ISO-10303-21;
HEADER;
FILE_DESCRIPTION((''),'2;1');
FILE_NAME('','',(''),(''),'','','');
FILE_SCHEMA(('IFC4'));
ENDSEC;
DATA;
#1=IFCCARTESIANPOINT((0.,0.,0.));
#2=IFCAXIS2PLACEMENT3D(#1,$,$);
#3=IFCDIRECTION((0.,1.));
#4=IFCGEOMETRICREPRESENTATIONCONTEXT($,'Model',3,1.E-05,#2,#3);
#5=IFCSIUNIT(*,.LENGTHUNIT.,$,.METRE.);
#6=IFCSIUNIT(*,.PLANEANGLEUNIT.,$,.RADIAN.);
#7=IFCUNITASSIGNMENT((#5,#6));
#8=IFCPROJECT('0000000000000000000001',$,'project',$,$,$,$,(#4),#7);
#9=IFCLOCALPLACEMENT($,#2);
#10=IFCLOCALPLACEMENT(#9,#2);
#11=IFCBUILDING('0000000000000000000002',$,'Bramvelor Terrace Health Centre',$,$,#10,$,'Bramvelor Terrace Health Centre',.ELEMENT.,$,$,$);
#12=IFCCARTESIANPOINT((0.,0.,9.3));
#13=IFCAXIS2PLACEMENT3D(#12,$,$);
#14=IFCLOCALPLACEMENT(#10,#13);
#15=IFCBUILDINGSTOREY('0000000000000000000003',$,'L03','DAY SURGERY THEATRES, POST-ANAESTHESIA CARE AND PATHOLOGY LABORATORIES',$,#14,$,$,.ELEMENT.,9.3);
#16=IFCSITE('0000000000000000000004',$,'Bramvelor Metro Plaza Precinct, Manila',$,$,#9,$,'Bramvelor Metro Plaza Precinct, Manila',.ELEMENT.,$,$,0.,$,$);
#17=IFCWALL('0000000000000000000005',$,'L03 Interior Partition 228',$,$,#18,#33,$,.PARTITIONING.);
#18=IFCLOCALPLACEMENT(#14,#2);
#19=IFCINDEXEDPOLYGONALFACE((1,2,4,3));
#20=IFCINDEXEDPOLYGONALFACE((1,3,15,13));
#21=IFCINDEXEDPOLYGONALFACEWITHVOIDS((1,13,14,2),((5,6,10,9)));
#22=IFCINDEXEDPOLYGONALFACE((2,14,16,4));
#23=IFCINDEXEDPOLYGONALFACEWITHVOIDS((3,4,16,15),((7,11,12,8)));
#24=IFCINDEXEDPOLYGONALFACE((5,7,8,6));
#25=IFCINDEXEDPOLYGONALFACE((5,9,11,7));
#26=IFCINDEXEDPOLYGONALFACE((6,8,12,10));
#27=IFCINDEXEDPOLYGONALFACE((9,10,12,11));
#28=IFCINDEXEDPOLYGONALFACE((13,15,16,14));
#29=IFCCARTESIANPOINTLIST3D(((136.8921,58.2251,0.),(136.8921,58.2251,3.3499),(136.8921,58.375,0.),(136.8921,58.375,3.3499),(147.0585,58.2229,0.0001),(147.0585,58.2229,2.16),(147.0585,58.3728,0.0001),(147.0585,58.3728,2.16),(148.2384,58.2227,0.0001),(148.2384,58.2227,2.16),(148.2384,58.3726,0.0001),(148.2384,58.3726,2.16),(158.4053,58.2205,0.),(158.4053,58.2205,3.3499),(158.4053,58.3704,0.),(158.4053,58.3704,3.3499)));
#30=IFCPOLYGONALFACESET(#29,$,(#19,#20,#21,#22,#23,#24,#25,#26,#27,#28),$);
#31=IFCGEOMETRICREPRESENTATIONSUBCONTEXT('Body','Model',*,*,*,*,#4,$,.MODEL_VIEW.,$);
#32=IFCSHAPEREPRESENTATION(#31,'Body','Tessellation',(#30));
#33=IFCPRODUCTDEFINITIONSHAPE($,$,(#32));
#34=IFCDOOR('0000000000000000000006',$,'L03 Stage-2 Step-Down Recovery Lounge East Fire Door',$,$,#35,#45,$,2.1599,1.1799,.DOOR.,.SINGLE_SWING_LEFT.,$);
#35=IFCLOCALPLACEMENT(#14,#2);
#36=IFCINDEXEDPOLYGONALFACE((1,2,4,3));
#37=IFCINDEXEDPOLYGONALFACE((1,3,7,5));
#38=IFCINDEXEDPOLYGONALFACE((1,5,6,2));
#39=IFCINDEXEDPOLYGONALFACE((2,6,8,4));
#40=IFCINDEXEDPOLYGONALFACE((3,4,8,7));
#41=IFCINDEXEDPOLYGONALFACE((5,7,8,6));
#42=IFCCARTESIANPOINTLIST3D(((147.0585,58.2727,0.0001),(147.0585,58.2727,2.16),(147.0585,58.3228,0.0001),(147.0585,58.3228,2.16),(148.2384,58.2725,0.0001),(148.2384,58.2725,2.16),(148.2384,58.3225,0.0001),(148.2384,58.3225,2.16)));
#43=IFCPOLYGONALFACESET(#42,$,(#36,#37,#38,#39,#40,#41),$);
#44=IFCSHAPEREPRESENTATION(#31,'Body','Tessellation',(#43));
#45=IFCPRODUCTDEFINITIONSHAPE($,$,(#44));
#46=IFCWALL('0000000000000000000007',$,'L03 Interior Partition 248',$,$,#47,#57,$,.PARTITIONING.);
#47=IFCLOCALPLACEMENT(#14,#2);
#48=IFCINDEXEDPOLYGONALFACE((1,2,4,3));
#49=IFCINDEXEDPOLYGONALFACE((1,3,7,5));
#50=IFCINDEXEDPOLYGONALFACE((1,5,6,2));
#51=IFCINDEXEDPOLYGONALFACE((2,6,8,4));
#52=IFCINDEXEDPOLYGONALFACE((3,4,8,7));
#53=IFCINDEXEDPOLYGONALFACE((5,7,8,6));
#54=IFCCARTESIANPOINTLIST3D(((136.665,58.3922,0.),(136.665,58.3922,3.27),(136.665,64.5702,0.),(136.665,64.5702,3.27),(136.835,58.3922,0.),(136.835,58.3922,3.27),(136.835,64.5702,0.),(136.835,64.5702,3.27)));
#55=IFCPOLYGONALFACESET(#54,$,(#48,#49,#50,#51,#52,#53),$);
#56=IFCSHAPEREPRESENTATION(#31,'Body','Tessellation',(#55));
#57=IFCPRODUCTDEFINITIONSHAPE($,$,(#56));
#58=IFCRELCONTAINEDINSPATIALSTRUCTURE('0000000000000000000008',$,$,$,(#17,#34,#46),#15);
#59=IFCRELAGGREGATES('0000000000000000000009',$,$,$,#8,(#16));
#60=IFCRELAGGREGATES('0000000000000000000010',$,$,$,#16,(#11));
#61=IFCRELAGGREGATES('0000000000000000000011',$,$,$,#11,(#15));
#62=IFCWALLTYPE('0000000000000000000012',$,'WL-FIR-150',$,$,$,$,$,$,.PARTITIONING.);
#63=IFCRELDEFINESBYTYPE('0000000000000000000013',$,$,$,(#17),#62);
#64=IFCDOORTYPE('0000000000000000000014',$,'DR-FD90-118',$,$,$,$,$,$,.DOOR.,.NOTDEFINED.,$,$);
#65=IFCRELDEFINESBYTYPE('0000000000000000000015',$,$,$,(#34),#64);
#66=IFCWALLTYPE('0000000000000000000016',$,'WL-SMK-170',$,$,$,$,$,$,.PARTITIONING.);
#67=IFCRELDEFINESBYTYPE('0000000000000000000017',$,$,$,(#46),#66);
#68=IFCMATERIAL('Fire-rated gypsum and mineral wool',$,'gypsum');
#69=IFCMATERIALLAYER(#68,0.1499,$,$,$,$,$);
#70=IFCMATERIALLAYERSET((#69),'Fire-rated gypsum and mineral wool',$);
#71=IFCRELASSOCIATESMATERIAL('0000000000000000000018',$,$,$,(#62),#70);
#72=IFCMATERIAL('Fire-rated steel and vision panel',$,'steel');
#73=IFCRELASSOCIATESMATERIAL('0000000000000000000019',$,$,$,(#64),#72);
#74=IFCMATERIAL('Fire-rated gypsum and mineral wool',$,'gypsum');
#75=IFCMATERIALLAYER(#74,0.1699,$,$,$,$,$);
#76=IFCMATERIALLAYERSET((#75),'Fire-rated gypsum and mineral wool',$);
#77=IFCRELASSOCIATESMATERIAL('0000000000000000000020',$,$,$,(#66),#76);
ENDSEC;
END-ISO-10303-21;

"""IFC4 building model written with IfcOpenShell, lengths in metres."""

from ifc_helpers import new_model, si_unit, direction, frame, frame_2d, origin, place, context, subcontext, project, spatial, rectangle, extrude, material, layer, layer_set, type_object, element, fill, save


model = new_model("IFC4")

# Units and contexts
model_context = context("Model", 3, precision=1e-05, world=origin(), true_north=direction((0.0, 1.0)))
body_context = subcontext(model_context, "Body", "Model", "MODEL_VIEW")
ifc_project = project(units=[si_unit("LENGTHUNIT", "METRE"), si_unit("PLANEANGLEUNIT", "RADIAN")], contexts=[model_context])

# Site, building, storey
site_placement = place(None, origin())
site = spatial("IfcSite", under=ifc_project, at=site_placement, Name="Bramvelor Metro Plaza Precinct, Manila", LongName="Bramvelor Metro Plaza Precinct, Manila", CompositionType="ELEMENT", RefElevation=0.0)
building_placement = place(site_placement, origin())
building = spatial("IfcBuilding", under=site, at=building_placement, Name="Bramvelor Terrace Health Centre", LongName="Bramvelor Terrace Health Centre", CompositionType="ELEMENT")
storey_placement = place(building_placement, frame((0.0, 0.0, 9.3)))
storey = spatial("IfcBuildingStorey", under=building, at=storey_placement, Name="L03", Description="DAY SURGERY THEATRES, POST-ANAESTHESIA CARE AND PATHOLOGY LABORATORIES", CompositionType="ELEMENT", Elevation=9.3)

# Wall, opening, door
ifc_material_1 = material(Name="Fire-rated gypsum and mineral wool", Category="gypsum")
ifc_layer_1 = layer(ifc_material_1, 0.1499)
ifc_layer_set_1 = layer_set([ifc_layer_1], Name="Fire-rated gypsum and mineral wool")
wall_type_1 = type_object("IfcWallType", Name="WL-FIR-150", PredefinedType="PARTITIONING", material=ifc_layer_set_1)
wall_1_placement = place(storey_placement, frame((136.8921, 58.3, 0.0), z_axis=(0.0, 0.0, 1.0), x_axis=(1.0, -0.000216, 0.0)))
wall_1 = element("IfcWall", 1, at=wall_1_placement, inside=storey, type_object=wall_type_1, Name="L03 Interior Partition 228", PredefinedType="PARTITIONING", context=body_context, shape_type="SweptSolid", body=[
    extrude(rectangle(XDim=21.5132, YDim=0.1499, at=frame_2d((10.7566, 0.0))), origin(), (0.0, 0.0, 1.0), 3.3499),
])
opening_1_placement = place(wall_1_placement, frame((10.1665, 0.0, 0.0)))
opening_1 = element("IfcOpeningElement", 2, at=opening_1_placement, cuts=wall_1, PredefinedType="OPENING", context=body_context, shape_type="SweptSolid", body=[
    extrude(rectangle(XDim=1.1799, YDim=2.1599, at=frame_2d((0.5898, 1.0801))), frame((0.0, 0.085, 0.0), z_axis=(0.0, -1.0, 0.0), x_axis=(1.0, 0.0, 0.0)), (0.0, 0.0, 1.0), 0.1699),
])
ifc_material_2 = material(Name="Fire-rated steel and vision panel", Category="steel")
door_type_1 = type_object("IfcDoorType", Name="DR-FD90-118", OperationType="NOTDEFINED", PredefinedType="DOOR", material=ifc_material_2)
door_1_placement = place(opening_1_placement, origin())
door_1 = element("IfcDoor", 3, at=door_1_placement, inside=storey, type_object=door_type_1, Name="L03 Stage-2 Step-Down Recovery Lounge East Fire Door", OperationType="SINGLE_SWING_LEFT", OverallHeight=2.1599, OverallWidth=1.1799, PredefinedType="DOOR", context=body_context, shape_type="SweptSolid", body=[
    extrude(rectangle(XDim=1.1799, YDim=2.1599, at=frame_2d((0.5898, 1.0801))), frame((0.0, 0.0249, 0.0), z_axis=(0.0, -1.0, 0.0), x_axis=(1.0, 0.0, 0.0)), (0.0, 0.0, 1.0), 0.05),
])
fill(opening_1, door_1)

# Wall
ifc_material_3 = material(Name="Fire-rated gypsum and mineral wool", Category="gypsum")
ifc_layer_2 = layer(ifc_material_3, 0.1699)
ifc_layer_set_2 = layer_set([ifc_layer_2], Name="Fire-rated gypsum and mineral wool")
wall_type_2 = type_object("IfcWallType", Name="WL-SMK-170", PredefinedType="PARTITIONING", material=ifc_layer_set_2)
wall_2_placement = place(storey_placement, frame((136.75, 64.5701, 0.0), z_axis=(0.0, 0.0, 1.0), x_axis=(0.0, -1.0, 0.0)))
element("IfcWall", 4, at=wall_2_placement, inside=storey, type_object=wall_type_2, Name="L03 Interior Partition 248", PredefinedType="PARTITIONING", context=body_context, shape_type="SweptSolid", body=[
    extrude(rectangle(XDim=6.178, YDim=0.1699, at=frame_2d((3.0889, 0.0))), origin(), (0.0, 0.0, 1.0), 3.27),
])

save(model, "model.ifc")
